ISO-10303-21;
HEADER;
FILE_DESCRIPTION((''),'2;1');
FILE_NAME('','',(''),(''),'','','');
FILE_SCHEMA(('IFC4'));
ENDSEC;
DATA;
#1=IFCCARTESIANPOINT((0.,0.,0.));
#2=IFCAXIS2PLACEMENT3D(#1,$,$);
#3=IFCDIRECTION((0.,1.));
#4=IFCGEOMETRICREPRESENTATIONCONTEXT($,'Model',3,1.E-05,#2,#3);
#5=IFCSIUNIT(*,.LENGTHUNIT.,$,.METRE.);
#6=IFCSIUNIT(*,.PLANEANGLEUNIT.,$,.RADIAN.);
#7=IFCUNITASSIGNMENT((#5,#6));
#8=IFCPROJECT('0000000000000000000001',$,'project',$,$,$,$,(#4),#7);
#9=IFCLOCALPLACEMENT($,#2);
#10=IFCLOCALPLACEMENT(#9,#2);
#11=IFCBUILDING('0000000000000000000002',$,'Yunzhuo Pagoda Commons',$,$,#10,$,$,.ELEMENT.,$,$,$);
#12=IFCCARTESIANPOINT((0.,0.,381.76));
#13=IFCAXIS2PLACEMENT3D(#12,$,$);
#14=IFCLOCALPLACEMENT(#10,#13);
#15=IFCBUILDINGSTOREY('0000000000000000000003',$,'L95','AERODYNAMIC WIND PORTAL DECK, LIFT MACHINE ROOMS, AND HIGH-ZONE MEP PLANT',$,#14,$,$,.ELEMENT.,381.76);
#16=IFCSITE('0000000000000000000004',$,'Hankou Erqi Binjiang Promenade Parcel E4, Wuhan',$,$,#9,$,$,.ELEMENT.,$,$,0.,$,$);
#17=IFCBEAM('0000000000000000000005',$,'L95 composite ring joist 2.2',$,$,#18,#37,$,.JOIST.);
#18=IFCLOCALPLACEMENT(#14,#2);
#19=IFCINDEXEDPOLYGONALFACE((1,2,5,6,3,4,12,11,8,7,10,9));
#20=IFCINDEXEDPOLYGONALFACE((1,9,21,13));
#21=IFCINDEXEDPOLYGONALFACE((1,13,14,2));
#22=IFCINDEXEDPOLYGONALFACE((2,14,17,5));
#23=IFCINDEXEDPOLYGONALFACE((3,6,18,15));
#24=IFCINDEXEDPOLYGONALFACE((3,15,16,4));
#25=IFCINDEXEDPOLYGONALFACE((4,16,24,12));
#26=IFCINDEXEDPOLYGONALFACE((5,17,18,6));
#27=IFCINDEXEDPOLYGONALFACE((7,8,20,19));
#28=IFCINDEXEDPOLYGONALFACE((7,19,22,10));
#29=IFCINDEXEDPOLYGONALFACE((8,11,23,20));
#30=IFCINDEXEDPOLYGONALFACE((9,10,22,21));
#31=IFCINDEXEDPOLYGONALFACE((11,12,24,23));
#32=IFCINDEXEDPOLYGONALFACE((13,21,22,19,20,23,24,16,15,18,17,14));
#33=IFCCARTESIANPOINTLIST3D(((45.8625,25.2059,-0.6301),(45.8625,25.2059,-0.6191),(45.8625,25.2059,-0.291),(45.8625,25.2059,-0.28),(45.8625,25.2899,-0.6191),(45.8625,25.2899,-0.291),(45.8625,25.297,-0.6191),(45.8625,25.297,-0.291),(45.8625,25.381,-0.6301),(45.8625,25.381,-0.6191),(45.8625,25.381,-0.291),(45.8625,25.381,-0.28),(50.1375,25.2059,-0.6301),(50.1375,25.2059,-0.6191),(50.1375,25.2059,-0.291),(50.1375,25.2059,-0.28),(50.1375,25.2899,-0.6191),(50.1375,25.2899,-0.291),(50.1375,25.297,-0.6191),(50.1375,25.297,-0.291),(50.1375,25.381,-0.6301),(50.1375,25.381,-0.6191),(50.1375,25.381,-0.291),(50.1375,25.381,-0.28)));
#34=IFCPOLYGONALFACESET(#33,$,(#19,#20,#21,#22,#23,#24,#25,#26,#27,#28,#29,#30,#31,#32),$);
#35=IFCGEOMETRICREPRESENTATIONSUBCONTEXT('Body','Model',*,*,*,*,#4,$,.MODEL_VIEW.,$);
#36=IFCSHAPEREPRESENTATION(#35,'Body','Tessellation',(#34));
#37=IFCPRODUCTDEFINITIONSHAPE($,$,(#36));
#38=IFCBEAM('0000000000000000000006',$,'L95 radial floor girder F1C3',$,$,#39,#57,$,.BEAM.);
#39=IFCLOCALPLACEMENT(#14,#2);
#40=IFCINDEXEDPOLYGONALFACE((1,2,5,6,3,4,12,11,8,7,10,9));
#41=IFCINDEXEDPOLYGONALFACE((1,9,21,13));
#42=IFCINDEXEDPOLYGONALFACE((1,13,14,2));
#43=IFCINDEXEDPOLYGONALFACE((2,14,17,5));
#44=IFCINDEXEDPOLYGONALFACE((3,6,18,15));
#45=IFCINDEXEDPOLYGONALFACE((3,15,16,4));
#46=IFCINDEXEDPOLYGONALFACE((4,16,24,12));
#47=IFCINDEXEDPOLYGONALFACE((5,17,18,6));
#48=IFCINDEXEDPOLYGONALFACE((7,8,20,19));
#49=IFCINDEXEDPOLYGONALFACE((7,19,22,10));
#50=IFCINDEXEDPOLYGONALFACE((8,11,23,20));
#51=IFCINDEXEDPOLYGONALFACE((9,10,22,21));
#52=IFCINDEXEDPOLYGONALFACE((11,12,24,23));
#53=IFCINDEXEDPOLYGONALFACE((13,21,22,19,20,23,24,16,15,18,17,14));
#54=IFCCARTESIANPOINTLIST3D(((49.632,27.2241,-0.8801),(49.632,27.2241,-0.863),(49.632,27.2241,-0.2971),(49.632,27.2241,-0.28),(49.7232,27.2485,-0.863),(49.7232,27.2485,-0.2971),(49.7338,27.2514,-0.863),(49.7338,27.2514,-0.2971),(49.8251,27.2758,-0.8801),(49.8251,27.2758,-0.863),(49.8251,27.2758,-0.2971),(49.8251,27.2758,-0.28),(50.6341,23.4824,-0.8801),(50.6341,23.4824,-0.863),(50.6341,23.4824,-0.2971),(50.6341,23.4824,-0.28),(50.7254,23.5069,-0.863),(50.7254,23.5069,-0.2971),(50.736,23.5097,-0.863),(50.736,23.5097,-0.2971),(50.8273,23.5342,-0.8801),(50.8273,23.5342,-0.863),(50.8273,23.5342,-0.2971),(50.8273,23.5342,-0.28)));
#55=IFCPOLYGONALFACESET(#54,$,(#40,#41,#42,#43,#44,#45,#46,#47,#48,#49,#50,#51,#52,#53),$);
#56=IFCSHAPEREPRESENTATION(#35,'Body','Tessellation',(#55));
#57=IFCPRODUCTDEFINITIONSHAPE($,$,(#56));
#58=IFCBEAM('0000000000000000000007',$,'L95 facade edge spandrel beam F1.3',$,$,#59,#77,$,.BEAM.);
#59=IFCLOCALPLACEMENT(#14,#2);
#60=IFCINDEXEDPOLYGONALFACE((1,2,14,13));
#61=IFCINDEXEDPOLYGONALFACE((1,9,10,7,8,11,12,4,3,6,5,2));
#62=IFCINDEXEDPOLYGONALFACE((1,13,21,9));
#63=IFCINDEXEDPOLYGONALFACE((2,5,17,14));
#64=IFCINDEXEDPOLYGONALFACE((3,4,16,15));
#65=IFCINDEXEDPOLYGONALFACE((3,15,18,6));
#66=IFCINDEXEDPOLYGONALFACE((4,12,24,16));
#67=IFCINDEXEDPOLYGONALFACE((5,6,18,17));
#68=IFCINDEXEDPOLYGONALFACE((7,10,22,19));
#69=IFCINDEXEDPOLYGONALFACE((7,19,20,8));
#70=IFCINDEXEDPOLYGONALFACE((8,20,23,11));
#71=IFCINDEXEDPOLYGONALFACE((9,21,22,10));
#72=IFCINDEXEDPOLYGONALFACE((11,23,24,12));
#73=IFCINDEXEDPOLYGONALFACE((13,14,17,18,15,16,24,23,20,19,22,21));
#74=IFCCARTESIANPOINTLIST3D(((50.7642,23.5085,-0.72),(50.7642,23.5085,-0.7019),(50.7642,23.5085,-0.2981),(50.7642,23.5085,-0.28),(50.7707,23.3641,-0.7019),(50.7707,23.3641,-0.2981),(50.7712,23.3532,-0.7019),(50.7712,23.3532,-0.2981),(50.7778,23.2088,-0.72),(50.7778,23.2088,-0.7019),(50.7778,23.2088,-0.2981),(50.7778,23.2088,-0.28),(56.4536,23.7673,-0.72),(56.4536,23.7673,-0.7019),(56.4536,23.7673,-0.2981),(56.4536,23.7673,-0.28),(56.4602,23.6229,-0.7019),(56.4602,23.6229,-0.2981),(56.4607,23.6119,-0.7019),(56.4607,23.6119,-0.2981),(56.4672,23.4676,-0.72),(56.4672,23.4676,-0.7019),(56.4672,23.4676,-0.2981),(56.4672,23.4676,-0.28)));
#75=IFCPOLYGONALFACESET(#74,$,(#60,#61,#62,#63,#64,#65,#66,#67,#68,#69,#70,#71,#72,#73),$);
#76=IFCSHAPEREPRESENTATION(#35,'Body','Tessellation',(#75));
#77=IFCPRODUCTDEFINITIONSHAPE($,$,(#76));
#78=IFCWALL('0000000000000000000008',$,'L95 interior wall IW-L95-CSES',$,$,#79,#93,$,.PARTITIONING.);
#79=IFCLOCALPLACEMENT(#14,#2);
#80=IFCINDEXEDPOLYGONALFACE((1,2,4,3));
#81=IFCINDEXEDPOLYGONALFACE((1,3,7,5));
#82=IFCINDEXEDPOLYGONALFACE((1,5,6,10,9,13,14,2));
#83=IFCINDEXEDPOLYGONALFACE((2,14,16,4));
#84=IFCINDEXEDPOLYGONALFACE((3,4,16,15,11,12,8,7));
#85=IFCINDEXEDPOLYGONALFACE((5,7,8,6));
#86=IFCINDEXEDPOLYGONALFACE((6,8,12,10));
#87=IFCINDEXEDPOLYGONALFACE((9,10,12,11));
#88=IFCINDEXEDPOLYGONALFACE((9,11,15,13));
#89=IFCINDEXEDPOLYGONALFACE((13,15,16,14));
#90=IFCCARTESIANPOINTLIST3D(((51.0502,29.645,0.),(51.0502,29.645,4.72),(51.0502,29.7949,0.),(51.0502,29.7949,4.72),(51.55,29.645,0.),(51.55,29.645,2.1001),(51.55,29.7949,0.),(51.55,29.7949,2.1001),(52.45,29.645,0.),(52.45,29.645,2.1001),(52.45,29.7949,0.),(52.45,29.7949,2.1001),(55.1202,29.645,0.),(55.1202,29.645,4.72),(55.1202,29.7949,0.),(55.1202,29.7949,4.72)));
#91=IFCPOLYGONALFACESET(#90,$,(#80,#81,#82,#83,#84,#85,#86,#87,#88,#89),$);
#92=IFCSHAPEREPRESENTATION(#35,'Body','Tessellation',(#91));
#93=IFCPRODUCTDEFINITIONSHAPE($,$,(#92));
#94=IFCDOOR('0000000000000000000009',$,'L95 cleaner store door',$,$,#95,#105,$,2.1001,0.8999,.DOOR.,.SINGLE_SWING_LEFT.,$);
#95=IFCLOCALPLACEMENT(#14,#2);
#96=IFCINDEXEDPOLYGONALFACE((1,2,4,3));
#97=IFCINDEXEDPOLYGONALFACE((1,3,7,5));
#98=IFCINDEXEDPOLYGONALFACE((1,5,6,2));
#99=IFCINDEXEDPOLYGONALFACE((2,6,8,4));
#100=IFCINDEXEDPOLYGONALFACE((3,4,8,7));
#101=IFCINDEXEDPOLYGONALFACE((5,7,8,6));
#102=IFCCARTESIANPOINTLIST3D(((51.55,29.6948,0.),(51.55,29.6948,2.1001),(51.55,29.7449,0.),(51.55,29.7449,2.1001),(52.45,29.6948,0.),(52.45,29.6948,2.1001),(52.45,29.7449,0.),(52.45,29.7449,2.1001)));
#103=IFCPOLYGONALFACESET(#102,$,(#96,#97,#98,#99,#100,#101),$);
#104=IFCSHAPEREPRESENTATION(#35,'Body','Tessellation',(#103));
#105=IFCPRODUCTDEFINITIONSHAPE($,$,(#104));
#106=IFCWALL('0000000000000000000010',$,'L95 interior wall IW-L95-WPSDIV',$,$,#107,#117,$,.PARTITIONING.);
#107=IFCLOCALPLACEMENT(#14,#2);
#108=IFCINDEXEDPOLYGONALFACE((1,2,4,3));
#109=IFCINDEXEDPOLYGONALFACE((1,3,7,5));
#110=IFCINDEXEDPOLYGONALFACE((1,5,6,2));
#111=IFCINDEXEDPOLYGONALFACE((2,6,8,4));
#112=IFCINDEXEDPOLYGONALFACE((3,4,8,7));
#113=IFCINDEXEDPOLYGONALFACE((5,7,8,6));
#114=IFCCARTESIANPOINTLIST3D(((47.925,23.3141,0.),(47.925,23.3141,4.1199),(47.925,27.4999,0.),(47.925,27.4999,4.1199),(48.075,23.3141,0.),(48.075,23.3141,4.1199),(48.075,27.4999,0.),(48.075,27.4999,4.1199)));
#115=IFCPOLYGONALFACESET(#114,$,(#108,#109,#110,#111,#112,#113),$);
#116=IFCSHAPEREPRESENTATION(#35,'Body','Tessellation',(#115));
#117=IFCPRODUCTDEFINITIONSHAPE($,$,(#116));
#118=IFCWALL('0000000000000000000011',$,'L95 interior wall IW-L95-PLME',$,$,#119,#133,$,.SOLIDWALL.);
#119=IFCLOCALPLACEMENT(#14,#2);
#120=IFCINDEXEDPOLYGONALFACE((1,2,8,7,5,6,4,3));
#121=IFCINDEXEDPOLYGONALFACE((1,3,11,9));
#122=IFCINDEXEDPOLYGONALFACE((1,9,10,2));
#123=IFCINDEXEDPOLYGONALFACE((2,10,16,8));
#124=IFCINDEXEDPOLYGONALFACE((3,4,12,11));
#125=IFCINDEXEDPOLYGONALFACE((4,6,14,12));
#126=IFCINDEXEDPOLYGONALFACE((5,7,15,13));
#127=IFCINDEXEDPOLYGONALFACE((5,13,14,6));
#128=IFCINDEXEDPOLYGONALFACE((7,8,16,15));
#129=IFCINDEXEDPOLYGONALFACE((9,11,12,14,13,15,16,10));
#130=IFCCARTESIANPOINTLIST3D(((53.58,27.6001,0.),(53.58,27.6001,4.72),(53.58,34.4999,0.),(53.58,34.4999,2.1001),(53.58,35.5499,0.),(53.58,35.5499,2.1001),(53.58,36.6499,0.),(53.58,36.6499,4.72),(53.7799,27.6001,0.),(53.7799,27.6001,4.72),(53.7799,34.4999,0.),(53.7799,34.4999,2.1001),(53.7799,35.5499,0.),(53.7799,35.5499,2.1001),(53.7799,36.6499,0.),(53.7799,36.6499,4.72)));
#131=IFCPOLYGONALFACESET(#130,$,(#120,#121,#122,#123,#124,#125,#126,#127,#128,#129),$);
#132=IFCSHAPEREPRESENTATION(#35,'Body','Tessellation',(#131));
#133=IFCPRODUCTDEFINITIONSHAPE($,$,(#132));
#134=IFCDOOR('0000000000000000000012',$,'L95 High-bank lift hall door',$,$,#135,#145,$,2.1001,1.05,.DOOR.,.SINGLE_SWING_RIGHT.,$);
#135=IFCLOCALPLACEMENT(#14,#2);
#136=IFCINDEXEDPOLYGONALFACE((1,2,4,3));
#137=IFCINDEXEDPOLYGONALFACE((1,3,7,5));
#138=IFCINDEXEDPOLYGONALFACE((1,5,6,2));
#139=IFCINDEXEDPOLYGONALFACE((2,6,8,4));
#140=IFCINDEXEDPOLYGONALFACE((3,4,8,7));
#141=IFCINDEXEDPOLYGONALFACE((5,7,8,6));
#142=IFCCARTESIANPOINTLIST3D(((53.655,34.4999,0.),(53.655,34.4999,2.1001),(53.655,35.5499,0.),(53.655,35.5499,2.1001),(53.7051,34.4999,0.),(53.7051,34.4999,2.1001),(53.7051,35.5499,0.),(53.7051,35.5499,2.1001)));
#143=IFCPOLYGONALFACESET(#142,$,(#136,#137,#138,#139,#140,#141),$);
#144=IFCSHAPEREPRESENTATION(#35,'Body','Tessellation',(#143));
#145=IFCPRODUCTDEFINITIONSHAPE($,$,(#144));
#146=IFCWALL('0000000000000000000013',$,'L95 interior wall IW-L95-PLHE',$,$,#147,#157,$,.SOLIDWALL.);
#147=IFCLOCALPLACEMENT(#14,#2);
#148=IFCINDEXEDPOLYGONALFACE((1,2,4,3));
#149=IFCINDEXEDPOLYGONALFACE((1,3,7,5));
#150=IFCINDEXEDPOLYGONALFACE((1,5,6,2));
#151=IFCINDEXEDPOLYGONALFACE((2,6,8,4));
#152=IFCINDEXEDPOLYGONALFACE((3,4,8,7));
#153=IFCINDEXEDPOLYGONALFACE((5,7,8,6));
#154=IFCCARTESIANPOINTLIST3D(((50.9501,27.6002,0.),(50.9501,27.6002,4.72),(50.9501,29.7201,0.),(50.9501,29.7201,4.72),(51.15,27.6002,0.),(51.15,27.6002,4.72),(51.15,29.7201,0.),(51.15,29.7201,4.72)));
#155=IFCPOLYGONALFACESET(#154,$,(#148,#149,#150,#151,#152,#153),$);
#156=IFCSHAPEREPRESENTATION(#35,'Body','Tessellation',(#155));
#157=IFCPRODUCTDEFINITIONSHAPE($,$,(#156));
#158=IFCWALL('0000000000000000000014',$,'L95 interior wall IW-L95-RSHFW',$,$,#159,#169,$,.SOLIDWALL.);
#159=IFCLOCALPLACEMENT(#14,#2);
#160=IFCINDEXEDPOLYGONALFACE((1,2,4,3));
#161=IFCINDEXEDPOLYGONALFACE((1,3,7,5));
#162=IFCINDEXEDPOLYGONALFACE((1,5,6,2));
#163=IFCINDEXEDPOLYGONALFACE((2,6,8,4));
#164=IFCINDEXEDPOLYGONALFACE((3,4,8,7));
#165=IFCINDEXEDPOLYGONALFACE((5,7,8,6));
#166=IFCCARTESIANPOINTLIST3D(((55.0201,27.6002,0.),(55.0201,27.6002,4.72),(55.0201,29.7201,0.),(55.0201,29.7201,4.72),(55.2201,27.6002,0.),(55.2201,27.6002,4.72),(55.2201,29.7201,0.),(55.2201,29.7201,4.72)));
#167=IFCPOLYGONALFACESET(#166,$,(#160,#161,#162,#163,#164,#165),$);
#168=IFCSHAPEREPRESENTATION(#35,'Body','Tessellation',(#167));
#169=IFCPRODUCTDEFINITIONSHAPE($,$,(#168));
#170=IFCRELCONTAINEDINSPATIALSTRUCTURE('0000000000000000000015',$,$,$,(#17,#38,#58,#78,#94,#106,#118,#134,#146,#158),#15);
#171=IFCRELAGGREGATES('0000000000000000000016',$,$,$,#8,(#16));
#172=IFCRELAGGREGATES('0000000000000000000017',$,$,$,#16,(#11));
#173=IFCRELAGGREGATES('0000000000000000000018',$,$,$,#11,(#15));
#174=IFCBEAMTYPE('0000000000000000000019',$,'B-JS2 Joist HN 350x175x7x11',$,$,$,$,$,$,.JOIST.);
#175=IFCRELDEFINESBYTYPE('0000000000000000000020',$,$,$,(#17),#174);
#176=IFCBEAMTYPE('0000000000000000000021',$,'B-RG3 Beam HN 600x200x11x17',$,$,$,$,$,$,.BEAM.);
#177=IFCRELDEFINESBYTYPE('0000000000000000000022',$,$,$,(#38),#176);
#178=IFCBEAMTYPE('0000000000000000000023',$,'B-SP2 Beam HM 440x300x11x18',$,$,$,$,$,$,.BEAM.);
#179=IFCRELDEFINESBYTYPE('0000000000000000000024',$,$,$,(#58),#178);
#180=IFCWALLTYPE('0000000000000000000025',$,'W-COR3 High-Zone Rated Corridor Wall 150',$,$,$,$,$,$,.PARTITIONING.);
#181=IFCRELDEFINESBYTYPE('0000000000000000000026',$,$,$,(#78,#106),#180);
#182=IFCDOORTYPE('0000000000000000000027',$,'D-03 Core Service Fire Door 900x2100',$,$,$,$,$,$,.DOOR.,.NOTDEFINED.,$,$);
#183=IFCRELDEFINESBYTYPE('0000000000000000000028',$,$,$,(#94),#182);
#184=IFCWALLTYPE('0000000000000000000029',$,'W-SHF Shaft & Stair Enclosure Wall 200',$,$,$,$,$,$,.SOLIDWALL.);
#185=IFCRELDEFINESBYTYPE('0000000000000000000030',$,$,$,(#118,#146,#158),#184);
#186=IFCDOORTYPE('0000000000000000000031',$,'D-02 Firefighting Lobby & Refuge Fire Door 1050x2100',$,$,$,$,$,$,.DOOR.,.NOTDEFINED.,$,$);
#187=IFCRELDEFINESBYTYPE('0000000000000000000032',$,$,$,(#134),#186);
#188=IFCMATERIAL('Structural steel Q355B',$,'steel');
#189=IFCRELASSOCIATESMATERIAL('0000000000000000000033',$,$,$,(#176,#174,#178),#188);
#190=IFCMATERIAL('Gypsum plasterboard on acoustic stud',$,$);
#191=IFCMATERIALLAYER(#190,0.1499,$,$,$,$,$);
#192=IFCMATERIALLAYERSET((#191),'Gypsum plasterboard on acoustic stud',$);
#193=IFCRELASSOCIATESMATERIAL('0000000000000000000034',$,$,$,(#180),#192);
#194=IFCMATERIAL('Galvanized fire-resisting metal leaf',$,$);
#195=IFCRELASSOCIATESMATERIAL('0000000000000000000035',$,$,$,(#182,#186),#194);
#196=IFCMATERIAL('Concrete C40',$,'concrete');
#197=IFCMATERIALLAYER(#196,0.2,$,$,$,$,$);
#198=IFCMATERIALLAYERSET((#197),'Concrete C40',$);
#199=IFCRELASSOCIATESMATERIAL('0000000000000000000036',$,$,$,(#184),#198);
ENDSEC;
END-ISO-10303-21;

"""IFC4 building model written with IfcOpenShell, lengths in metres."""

from ifc_helpers import new_model, si_unit, direction, frame, frame_2d, origin, origin_with_axes, origin_2d, place, context, subcontext, project, spatial, rectangle, i_section, extrude, source, transform, mapped, material, layer, layer_set, material_profile, profile_set, type_object, element, fill, save


model = new_model("IFC4")

# Units and contexts
model_context = context("Model", 3, precision=1e-05, world=origin(), true_north=direction((0.0, 1.0)))
body_context = subcontext(model_context, "Body", "Model", "MODEL_VIEW")
ifc_project = project(units=[si_unit("LENGTHUNIT", "METRE"), si_unit("PLANEANGLEUNIT", "RADIAN")], contexts=[model_context])

# Site, building, storey
site_placement = place(None, origin())
site = spatial("IfcSite", under=ifc_project, at=site_placement, Name="Hankou Erqi Binjiang Promenade Parcel E4, Wuhan", CompositionType="ELEMENT", RefElevation=0.0)
building_placement = place(site_placement, origin())
building = spatial("IfcBuilding", under=site, at=building_placement, Name="Yunzhuo Pagoda Commons", CompositionType="ELEMENT")
storey_placement = place(building_placement, frame((0.0, 0.0, 381.76)))
storey = spatial("IfcBuildingStorey", under=building, at=storey_placement, Name="L95", Description="AERODYNAMIC WIND PORTAL DECK, LIFT MACHINE ROOMS, AND HIGH-ZONE MEP PLANT", CompositionType="ELEMENT", Elevation=381.76)

# Shared definitions
ifc_material_1 = material(Name="Structural steel Q355B", Category="steel")

# Beams
ifc_material_profile_1 = material_profile(ifc_material_1, i_section(OverallWidth=0.2, OverallDepth=0.6001, WebThickness=0.011, FlangeThickness=0.0171, at=origin_2d()), Name="Structural steel Q355B")
ifc_profile_set_1 = profile_set([ifc_material_profile_1], Name="Structural steel Q355B")
beam_type_1 = type_object("IfcBeamType", Name="B-RG3 Beam HN 600x200x11x17", PredefinedType="BEAM", material=ifc_profile_set_1)
ifc_material_profile_2 = material_profile(ifc_material_1, i_section(OverallWidth=0.175, OverallDepth=0.3501, WebThickness=0.0071, FlangeThickness=0.011, at=origin_2d()), Name="Structural steel Q355B")
ifc_profile_set_2 = profile_set([ifc_material_profile_2], Name="Structural steel Q355B")
beam_type_2 = type_object("IfcBeamType", Name="B-JS2 Joist HN 350x175x7x11", PredefinedType="JOIST", material=ifc_profile_set_2)
shared_shape_1 = source(origin(), body_context, "Body", "SweptSolid", [
    extrude(i_section(OverallWidth=0.175, OverallDepth=0.3501, WebThickness=0.0071, FlangeThickness=0.011, at=origin_2d()), origin(), (0.0, 0.0, 1.0), 4.2749),
])
beam_1_placement = place(storey_placement, frame((45.8625, 25.2935, -0.4551), z_axis=(1.0, 0.0, 0.0), x_axis=(0.0, 1.0, 0.0)))
element("IfcBeam", 1, at=beam_1_placement, inside=storey, type_object=beam_type_2, Name="L95 composite ring joist 2.2", PredefinedType="JOIST", context=body_context, shape_type="MappedRepresentation", body=[
    mapped(shared_shape_1, transform((0.0, 0.0, 0.0), scale=1.0)),
])
shared_shape_2 = source(origin(), body_context, "Body", "SweptSolid", [
    extrude(i_section(OverallWidth=0.2, OverallDepth=0.6001, WebThickness=0.011, FlangeThickness=0.0171, at=origin_2d()), origin(), (0.0, 0.0, 1.0), 3.8735),
])
beam_2_placement = place(storey_placement, frame((50.7307, 23.5083, -0.5801), z_axis=(-0.258726, 0.965951, 0.0), x_axis=(-0.965951, -0.258726, 0.0)))
element("IfcBeam", 2, at=beam_2_placement, inside=storey, type_object=beam_type_1, Name="L95 radial floor girder F1C3", PredefinedType="BEAM", context=body_context, shape_type="MappedRepresentation", body=[
    mapped(shared_shape_2, transform((0.0, 0.0, 0.0), scale=1.0)),
])
ifc_material_profile_3 = material_profile(ifc_material_1, i_section(OverallWidth=0.3, OverallDepth=0.4399, WebThickness=0.011, FlangeThickness=0.0181, at=origin_2d()), Name="Structural steel Q355B")
ifc_profile_set_3 = profile_set([ifc_material_profile_3], Name="Structural steel Q355B")
beam_type_3 = type_object("IfcBeamType", Name="B-SP2 Beam HM 440x300x11x18", PredefinedType="BEAM", material=ifc_profile_set_3)
shared_shape_3 = source(origin(), body_context, "Body", "SweptSolid", [
    extrude(i_section(OverallWidth=0.3, OverallDepth=0.4399, WebThickness=0.011, FlangeThickness=0.0181, at=origin_2d()), origin(), (0.0, 0.0, 1.0), 5.6953),
])
beam_3_placement = place(storey_placement, frame((50.771, 23.3586, -0.5), z_axis=(0.998967, 0.045439, 0.0), x_axis=(-0.045439, 0.998967, 0.0)))
element("IfcBeam", 3, at=beam_3_placement, inside=storey, type_object=beam_type_3, Name="L95 facade edge spandrel beam F1.3", PredefinedType="BEAM", context=body_context, shape_type="MappedRepresentation", body=[
    mapped(shared_shape_3, transform((0.0, 0.0, 0.0), scale=1.0)),
])

# Wall, opening, door
ifc_material_2 = material(Name="Gypsum plasterboard on acoustic stud")
ifc_layer_1 = layer(ifc_material_2, 0.1499)
ifc_layer_set_1 = layer_set([ifc_layer_1], Name="Gypsum plasterboard on acoustic stud")
wall_type_1 = type_object("IfcWallType", Name="W-COR3 High-Zone Rated Corridor Wall 150", PredefinedType="PARTITIONING", material=ifc_layer_set_1)
wall_1_placement = place(storey_placement, frame((51.05, 29.72, 0.0), z_axis=(0.0, 0.0, 1.0), x_axis=(1.0, 0.0, 0.0)))
wall_1 = element("IfcWall", 4, at=wall_1_placement, inside=storey, type_object=wall_type_1, Name="L95 interior wall IW-L95-CSES", PredefinedType="PARTITIONING", context=body_context, shape_type="SweptSolid", body=[
    extrude(rectangle(XDim=4.0701, YDim=0.1499, at=frame_2d((2.0352, 0.0))), origin(), (0.0, 0.0, 1.0), 4.72),
])
opening_1_placement = place(wall_1_placement, frame((0.5, 0.0, 0.0)))
opening_1 = element("IfcOpeningElement", 5, at=opening_1_placement, cuts=wall_1, PredefinedType="OPENING", context=body_context, shape_type="SweptSolid", body=[
    extrude(rectangle(XDim=0.8999, YDim=2.1001, at=frame_2d((0.45, 1.05))), frame((0.0, 0.085, 0.0), z_axis=(0.0, -1.0, 0.0), x_axis=(1.0, 0.0, 0.0)), (0.0, 0.0, 1.0), 0.1699),
])
ifc_material_3 = material(Name="Galvanized fire-resisting metal leaf")
door_type_1 = type_object("IfcDoorType", Name="D-03 Core Service Fire Door 900x2100", OperationType="NOTDEFINED", PredefinedType="DOOR", material=ifc_material_3)
shared_shape_4 = source(origin(), body_context, "Body", "SweptSolid", [
    extrude(rectangle(XDim=0.8999, YDim=2.1001, at=frame_2d((0.45, 1.05))), frame((0.0, 0.0249, 0.0), z_axis=(0.0, -1.0, 0.0), x_axis=(1.0, 0.0, 0.0)), (0.0, 0.0, 1.0), 0.05),
])
door_1_placement = place(opening_1_placement, origin_with_axes())
door_1 = element("IfcDoor", 6, at=door_1_placement, inside=storey, type_object=door_type_1, Name="L95 cleaner store door", OperationType="SINGLE_SWING_LEFT", OverallHeight=2.1001, OverallWidth=0.8999, PredefinedType="DOOR", context=body_context, shape_type="MappedRepresentation", body=[
    mapped(shared_shape_4, transform((0.0, 0.0, 0.0), scale=1.0)),
])
fill(opening_1, door_1)

# Wall
wall_2_placement = place(storey_placement, frame((48.0, 23.3142, 0.0), z_axis=(0.0, 0.0, 1.0), x_axis=(0.0, 1.0, 0.0)))
element("IfcWall", 7, at=wall_2_placement, inside=storey, type_object=wall_type_1, Name="L95 interior wall IW-L95-WPSDIV", PredefinedType="PARTITIONING", context=body_context, shape_type="SweptSolid", body=[
    extrude(rectangle(XDim=4.1858, YDim=0.1499, at=frame_2d((2.0928, 0.0))), origin(), (0.0, 0.0, 1.0), 4.1199),
])

# Wall, opening, door
ifc_material_4 = material(Name="Concrete C40", Category="concrete")
ifc_layer_2 = layer(ifc_material_4, 0.2)
ifc_layer_set_2 = layer_set([ifc_layer_2], Name="Concrete C40")
wall_type_2 = type_object("IfcWallType", Name="W-SHF Shaft & Stair Enclosure Wall 200", PredefinedType="SOLIDWALL", material=ifc_layer_set_2)
wall_3_placement = place(storey_placement, frame((53.6799, 27.6001, 0.0), z_axis=(0.0, 0.0, 1.0), x_axis=(0.0, 1.0, 0.0)))
wall_3 = element("IfcWall", 8, at=wall_3_placement, inside=storey, type_object=wall_type_2, Name="L95 interior wall IW-L95-PLME", PredefinedType="SOLIDWALL", context=body_context, shape_type="SweptSolid", body=[
    extrude(rectangle(XDim=9.0498, YDim=0.2, at=frame_2d((4.5249, 0.0))), origin(), (0.0, 0.0, 1.0), 4.72),
])
opening_2_placement = place(wall_3_placement, frame((6.8999, 0.0, 0.0)))
opening_2 = element("IfcOpeningElement", 9, at=opening_2_placement, cuts=wall_3, PredefinedType="OPENING", context=body_context, shape_type="SweptSolid", body=[
    extrude(rectangle(XDim=1.05, YDim=2.1001, at=frame_2d((0.5249, 1.05))), frame((0.0, 0.1099, 0.0), z_axis=(0.0, -1.0, 0.0), x_axis=(1.0, 0.0, 0.0)), (0.0, 0.0, 1.0), 0.22),
])
door_type_2 = type_object("IfcDoorType", Name="D-02 Firefighting Lobby & Refuge Fire Door 1050x2100", OperationType="NOTDEFINED", PredefinedType="DOOR", material=ifc_material_3)
shared_shape_5 = source(origin(), body_context, "Body", "SweptSolid", [
    extrude(rectangle(XDim=1.05, YDim=2.1001, at=frame_2d((0.5249, 1.05))), frame((0.0, 0.0249, 0.0), z_axis=(0.0, -1.0, 0.0), x_axis=(1.0, 0.0, 0.0)), (0.0, 0.0, 1.0), 0.05),
])
door_2_placement = place(opening_2_placement, origin_with_axes())
door_2 = element("IfcDoor", 10, at=door_2_placement, inside=storey, type_object=door_type_2, Name="L95 High-bank lift hall door", OperationType="SINGLE_SWING_RIGHT", OverallHeight=2.1001, OverallWidth=1.05, PredefinedType="DOOR", context=body_context, shape_type="MappedRepresentation", body=[
    mapped(shared_shape_5, transform((0.0, 0.0, 0.0), scale=1.0)),
])
fill(opening_2, door_2)

# Walls
for number, where, z_axis, x_axis, name in (
    (11, (51.05, 27.6001, 0.0), (0.0, 0.0, 1.0), (0.0, 1.0, 0.0), "L95 interior wall IW-L95-PLHE"),
    (12, (55.1201, 27.6001, 0.0), (0.0, 0.0, 1.0), (0.0, 1.0, 0.0), "L95 interior wall IW-L95-RSHFW"),
):
    element("IfcWall", number, at=place(storey_placement, frame(where, z_axis=z_axis, x_axis=x_axis)), inside=storey, type_object=wall_type_2, Name=name, PredefinedType="SOLIDWALL", context=body_context, shape_type="SweptSolid", body=[
        extrude(rectangle(XDim=2.1199, YDim=0.2, at=frame_2d((1.0601, 0.0))), origin(), (0.0, 0.0, 1.0), 4.72),
    ])

save(model, "model.ifc")
